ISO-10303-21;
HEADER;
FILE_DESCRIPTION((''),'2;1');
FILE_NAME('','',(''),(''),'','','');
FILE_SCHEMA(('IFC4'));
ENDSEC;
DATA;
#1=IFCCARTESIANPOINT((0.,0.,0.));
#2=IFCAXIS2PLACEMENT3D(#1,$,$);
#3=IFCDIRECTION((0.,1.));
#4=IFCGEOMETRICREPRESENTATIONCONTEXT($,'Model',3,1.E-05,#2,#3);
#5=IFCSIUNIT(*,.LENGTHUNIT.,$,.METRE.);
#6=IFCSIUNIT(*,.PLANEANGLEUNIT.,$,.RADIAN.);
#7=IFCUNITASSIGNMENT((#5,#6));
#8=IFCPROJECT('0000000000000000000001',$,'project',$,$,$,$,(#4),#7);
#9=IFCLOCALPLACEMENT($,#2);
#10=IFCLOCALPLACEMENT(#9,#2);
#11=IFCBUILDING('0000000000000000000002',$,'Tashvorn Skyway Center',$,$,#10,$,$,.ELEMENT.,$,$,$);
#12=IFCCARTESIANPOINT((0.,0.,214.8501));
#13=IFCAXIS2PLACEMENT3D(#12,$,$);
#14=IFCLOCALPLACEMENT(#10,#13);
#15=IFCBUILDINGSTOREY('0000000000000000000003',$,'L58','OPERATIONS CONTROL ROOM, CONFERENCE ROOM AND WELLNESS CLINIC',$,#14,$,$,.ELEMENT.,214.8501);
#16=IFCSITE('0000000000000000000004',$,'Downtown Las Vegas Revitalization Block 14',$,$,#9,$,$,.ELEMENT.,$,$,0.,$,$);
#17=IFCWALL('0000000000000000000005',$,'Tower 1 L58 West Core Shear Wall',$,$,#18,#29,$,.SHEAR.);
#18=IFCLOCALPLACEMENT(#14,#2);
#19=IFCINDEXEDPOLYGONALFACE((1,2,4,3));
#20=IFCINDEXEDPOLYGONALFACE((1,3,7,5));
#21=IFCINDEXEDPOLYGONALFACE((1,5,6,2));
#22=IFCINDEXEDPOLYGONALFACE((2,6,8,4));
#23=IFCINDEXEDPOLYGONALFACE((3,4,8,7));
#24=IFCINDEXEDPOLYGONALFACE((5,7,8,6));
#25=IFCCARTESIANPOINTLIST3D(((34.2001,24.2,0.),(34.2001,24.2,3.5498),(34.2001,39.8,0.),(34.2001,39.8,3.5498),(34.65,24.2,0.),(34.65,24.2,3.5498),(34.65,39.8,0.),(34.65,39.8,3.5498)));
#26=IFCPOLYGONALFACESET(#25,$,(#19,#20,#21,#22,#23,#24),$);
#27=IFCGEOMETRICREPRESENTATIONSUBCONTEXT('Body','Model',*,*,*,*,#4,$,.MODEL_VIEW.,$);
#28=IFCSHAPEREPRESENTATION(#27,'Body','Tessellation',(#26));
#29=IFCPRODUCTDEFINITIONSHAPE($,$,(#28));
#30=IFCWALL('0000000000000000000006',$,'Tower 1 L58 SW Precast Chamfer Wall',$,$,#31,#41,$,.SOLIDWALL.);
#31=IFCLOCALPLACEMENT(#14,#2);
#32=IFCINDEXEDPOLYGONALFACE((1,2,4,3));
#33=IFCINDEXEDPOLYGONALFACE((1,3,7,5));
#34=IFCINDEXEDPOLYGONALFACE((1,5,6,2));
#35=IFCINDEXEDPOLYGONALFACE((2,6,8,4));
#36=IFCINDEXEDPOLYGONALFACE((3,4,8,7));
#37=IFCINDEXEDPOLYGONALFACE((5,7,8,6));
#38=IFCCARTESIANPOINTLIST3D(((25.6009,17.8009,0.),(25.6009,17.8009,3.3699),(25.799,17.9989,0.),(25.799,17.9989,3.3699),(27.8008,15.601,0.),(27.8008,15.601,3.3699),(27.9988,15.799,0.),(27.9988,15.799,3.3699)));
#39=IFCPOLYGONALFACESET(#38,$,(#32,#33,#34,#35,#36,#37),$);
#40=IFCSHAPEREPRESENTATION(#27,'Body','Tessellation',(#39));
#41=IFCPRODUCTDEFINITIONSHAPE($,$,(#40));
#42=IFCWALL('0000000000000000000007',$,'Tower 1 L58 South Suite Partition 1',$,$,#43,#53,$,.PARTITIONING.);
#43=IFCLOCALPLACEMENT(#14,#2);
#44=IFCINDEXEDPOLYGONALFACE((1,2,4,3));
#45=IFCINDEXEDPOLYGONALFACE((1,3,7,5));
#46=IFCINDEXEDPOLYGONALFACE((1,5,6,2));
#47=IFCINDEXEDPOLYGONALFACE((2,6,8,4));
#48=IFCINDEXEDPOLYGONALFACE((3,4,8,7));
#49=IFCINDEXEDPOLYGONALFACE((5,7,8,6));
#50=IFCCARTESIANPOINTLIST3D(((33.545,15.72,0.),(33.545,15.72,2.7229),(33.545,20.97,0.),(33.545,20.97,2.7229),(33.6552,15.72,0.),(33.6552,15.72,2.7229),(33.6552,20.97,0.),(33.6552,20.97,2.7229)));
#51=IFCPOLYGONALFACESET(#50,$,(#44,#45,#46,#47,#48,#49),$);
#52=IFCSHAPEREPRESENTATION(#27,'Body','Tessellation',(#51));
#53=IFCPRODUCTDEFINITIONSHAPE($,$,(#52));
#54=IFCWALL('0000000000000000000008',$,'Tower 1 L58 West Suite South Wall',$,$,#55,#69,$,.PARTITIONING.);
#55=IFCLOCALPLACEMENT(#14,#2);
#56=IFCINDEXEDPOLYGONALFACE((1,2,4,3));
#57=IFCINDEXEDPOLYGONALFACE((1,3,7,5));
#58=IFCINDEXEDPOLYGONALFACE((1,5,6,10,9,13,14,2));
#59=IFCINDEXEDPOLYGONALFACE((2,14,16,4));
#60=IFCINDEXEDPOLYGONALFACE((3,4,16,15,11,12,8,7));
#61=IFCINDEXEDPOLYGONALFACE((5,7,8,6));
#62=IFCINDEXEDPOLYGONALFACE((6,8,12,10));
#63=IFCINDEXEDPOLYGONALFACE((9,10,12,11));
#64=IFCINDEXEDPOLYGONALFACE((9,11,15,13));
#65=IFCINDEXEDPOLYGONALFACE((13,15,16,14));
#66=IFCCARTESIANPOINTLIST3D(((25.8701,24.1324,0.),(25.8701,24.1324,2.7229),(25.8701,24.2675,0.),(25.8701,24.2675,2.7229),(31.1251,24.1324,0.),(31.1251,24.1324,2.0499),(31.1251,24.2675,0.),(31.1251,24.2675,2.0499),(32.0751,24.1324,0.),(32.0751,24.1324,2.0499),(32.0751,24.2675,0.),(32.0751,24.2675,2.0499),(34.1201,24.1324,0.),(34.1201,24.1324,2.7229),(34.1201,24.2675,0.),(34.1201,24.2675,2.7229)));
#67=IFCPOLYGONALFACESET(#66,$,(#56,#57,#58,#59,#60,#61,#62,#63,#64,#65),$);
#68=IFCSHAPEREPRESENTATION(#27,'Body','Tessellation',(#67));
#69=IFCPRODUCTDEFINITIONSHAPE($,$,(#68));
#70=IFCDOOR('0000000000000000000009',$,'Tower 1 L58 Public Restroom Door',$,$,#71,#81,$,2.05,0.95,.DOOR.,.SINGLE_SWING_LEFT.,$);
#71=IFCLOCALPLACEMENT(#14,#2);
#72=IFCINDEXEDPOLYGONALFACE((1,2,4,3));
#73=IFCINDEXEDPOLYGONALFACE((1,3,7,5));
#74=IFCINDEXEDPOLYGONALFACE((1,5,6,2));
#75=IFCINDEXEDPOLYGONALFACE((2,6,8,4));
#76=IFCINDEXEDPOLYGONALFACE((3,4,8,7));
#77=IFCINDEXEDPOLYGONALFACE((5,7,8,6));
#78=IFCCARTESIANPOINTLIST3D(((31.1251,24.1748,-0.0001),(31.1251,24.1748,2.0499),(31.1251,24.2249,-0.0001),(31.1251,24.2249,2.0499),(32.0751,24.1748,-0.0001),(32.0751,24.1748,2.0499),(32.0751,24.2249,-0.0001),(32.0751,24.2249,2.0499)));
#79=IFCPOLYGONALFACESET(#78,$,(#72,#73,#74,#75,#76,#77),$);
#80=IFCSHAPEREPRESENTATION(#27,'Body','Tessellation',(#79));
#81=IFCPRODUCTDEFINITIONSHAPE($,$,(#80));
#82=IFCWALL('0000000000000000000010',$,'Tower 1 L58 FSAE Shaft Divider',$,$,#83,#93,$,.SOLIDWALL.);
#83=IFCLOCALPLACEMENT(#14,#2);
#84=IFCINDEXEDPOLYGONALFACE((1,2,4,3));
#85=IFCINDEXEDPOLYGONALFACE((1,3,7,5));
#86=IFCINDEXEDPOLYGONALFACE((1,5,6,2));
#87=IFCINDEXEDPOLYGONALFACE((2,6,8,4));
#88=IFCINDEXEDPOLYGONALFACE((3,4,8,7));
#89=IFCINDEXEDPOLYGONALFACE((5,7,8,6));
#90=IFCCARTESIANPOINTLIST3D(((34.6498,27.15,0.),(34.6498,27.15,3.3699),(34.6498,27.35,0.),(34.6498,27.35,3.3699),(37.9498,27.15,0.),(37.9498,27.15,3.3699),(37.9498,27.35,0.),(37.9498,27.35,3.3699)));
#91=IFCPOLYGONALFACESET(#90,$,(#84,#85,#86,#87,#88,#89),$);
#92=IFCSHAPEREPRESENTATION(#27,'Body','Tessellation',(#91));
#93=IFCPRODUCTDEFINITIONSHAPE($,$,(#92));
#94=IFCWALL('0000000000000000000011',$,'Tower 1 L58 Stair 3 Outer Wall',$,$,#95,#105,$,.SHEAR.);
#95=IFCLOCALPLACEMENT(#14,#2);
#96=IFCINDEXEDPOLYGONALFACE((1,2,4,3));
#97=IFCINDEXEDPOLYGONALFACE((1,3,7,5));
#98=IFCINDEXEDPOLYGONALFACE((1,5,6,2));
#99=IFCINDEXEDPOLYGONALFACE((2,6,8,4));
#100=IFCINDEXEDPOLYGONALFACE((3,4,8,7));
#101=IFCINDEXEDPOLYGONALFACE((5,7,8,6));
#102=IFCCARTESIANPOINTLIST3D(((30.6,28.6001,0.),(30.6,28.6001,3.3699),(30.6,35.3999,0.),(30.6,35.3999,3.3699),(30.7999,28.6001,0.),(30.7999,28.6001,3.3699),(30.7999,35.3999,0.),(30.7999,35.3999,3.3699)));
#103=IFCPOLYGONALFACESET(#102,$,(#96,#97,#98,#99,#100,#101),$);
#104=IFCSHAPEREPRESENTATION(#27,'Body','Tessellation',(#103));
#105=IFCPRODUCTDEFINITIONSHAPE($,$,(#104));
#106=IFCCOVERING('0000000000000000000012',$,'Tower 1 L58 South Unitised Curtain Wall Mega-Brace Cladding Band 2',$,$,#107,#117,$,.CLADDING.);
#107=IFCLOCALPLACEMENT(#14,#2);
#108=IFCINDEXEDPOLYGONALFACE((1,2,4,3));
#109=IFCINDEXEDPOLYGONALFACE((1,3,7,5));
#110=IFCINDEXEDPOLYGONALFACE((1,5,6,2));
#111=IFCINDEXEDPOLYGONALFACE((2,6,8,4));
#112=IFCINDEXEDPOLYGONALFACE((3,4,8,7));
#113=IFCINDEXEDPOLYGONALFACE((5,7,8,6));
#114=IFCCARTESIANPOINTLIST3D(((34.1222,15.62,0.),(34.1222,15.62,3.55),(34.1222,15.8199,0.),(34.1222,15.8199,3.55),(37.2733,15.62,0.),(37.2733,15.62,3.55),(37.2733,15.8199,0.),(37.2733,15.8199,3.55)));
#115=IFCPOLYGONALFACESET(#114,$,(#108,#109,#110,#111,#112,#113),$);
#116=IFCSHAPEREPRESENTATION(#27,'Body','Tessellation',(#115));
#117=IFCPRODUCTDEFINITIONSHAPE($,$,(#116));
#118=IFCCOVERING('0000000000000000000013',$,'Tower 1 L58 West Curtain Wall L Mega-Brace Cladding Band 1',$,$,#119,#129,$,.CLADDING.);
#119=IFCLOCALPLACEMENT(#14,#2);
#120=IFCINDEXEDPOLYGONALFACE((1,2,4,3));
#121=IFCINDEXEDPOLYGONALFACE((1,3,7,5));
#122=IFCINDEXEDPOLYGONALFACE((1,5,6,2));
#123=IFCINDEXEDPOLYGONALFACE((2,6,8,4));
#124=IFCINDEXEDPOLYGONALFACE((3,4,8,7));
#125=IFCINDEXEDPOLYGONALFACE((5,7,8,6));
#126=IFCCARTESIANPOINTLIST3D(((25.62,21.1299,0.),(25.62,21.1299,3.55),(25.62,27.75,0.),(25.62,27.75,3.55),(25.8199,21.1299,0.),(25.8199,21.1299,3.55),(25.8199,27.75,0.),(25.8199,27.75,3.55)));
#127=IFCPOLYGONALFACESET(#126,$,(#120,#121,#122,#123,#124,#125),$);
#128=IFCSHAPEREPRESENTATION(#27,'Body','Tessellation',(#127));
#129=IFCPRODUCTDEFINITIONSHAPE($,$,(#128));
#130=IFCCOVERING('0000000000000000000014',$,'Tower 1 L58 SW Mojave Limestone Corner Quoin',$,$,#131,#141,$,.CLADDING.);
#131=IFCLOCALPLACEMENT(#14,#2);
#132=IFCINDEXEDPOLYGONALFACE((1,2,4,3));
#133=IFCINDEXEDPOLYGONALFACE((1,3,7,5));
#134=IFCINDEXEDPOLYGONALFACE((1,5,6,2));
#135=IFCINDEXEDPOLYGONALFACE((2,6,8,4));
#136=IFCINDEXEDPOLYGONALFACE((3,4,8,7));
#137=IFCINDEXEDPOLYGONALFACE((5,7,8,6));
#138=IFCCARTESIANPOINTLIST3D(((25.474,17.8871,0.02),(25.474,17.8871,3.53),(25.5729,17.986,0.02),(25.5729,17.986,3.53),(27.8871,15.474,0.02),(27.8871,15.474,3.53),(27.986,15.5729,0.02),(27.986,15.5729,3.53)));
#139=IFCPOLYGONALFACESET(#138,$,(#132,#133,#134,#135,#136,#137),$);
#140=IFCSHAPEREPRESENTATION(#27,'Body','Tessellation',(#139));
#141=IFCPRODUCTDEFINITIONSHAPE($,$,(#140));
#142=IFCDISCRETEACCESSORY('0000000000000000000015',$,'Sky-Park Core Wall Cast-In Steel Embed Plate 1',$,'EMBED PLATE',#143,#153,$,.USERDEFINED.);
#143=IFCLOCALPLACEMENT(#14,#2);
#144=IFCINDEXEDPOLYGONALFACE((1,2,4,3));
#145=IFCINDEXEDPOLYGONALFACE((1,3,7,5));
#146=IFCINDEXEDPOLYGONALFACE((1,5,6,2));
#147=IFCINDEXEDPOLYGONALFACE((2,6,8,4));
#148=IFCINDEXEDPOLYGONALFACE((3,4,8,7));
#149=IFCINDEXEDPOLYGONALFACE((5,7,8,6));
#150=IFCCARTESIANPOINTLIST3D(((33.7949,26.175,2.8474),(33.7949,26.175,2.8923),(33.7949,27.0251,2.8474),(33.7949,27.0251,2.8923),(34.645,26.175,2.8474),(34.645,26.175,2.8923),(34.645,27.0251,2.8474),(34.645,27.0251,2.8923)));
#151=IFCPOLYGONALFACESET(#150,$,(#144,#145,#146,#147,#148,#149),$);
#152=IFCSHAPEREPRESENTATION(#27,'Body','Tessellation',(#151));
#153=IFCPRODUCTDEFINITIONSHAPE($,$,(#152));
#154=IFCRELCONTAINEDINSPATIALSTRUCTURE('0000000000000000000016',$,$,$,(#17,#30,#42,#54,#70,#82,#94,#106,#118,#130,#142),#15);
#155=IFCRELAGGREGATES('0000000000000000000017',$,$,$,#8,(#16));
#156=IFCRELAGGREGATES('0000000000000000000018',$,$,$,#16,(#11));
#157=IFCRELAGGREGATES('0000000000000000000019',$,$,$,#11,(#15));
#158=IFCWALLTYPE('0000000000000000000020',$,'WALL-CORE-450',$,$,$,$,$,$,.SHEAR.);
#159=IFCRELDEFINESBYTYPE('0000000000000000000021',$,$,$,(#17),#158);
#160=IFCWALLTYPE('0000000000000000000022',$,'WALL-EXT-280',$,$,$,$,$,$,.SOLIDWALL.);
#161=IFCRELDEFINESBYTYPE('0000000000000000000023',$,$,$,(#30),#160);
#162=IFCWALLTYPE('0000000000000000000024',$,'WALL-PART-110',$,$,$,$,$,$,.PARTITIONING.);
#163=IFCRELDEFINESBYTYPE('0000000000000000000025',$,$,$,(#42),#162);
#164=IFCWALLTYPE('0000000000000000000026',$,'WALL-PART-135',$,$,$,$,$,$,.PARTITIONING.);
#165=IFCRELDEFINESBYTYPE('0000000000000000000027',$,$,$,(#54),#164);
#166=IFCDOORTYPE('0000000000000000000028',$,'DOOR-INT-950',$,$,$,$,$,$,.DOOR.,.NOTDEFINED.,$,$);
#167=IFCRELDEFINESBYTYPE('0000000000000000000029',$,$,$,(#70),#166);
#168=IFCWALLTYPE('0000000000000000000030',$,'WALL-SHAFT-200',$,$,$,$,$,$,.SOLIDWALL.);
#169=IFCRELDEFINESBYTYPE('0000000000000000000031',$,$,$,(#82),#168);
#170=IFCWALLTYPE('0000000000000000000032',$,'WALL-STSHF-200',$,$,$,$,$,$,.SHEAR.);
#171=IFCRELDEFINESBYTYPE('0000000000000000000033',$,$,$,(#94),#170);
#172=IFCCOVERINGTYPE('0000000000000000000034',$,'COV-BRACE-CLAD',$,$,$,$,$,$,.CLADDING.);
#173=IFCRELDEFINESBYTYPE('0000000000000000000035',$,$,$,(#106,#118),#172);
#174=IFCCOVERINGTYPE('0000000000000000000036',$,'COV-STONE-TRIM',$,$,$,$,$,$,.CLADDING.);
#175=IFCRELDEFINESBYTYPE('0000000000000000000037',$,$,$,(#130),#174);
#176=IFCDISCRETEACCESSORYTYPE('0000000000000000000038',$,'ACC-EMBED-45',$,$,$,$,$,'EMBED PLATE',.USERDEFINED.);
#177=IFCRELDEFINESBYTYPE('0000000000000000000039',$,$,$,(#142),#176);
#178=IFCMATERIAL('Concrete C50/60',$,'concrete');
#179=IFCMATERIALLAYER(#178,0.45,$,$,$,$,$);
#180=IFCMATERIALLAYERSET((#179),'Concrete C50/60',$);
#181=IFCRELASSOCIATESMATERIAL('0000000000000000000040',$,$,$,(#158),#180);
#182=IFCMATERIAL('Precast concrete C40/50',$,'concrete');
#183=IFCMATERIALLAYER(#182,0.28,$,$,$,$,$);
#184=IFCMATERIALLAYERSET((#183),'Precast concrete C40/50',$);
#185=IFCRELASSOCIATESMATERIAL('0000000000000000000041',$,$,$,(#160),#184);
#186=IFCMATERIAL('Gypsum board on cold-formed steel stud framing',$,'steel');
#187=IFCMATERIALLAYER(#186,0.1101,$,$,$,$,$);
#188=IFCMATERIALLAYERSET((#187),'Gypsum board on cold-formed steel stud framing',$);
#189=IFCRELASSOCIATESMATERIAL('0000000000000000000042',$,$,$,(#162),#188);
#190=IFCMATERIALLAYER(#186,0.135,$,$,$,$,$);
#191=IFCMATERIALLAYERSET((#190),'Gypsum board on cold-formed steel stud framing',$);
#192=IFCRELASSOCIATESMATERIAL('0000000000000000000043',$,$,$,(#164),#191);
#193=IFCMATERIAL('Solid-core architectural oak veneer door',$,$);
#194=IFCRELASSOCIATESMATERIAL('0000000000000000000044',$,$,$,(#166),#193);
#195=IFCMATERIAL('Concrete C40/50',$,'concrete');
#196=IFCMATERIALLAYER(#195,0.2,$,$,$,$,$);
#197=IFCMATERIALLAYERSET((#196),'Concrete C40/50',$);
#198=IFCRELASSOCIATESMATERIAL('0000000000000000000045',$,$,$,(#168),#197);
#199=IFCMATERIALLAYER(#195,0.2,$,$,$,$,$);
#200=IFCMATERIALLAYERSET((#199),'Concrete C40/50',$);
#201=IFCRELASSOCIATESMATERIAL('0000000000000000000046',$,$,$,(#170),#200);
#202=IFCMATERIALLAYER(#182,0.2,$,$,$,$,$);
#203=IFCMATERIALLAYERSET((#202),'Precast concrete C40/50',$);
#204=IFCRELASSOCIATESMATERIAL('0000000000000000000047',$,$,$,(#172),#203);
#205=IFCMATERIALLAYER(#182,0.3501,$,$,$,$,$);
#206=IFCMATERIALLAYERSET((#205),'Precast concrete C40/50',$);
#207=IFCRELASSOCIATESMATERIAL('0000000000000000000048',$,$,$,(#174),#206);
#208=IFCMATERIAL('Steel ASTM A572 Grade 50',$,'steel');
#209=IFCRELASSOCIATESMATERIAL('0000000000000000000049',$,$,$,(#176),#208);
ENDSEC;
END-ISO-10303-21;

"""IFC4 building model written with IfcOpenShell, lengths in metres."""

from ifc_helpers import new_model, si_unit, direction, frame, frame_2d, origin, origin_2d, place, context, subcontext, project, spatial, rectangle, extrude, material, layer, layer_set, type_object, element, fill, save


model = new_model("IFC4")

# Units and contexts
model_context = context("Model", 3, precision=1e-05, world=origin(), true_north=direction((0.0, 1.0)))
body_context = subcontext(model_context, "Body", "Model", "MODEL_VIEW")
ifc_project = project(units=[si_unit("LENGTHUNIT", "METRE"), si_unit("PLANEANGLEUNIT", "RADIAN")], contexts=[model_context])

# Site, building, storey
site_placement = place(None, origin())
site = spatial("IfcSite", under=ifc_project, at=site_placement, Name="Downtown Las Vegas Revitalization Block 14", CompositionType="ELEMENT", RefElevation=0.0)
building_placement = place(site_placement, origin())
building = spatial("IfcBuilding", under=site, at=building_placement, Name="Tashvorn Skyway Center", CompositionType="ELEMENT")
storey_placement = place(building_placement, frame((0.0, 0.0, 214.8501)))
storey = spatial("IfcBuildingStorey", under=building, at=storey_placement, Name="L58", Description="OPERATIONS CONTROL ROOM, CONFERENCE ROOM AND WELLNESS CLINIC", CompositionType="ELEMENT", Elevation=214.8501)

# Shared definitions
ifc_material_1 = material(Name="Steel ASTM A572 Grade 50", Category="steel")

# Wall
ifc_material_2 = material(Name="Concrete C50/60", Category="concrete")
ifc_layer_1 = layer(ifc_material_2, 0.45)
ifc_layer_set_1 = layer_set([ifc_layer_1], Name="Concrete C50/60")
wall_type_1 = type_object("IfcWallType", Name="WALL-CORE-450", PredefinedType="SHEAR", material=ifc_layer_set_1)
wall_1_placement = place(storey_placement, frame((34.425, 24.2, 0.0), z_axis=(0.0, 0.0, 1.0), x_axis=(0.0, 1.0, 0.0)))
element("IfcWall", 1, at=wall_1_placement, inside=storey, type_object=wall_type_1, Name="Tower 1 L58 West Core Shear Wall", PredefinedType="SHEAR", context=body_context, shape_type="SweptSolid", body=[
    extrude(rectangle(XDim=15.6001, YDim=0.45, at=frame_2d((7.8, 0.0))), origin(), (0.0, 0.0, 1.0), 3.5498),
])

# Shared definitions
ifc_material_3 = material(Name="Precast concrete C40/50", Category="concrete")
ifc_layer_2 = layer(ifc_material_3, 0.28)
ifc_layer_set_2 = layer_set([ifc_layer_2], Name="Precast concrete C40/50")
wall_type_2 = type_object("IfcWallType", Name="WALL-EXT-280", PredefinedType="SOLIDWALL", material=ifc_layer_set_2)

# Walls
wall_2_placement = place(storey_placement, frame((27.8999, 15.7, 0.0), z_axis=(0.0, 0.0, 1.0), x_axis=(-0.707107, 0.707107, 0.0)))
element("IfcWall", 2, at=wall_2_placement, inside=storey, type_object=wall_type_2, Name="Tower 1 L58 SW Precast Chamfer Wall", PredefinedType="SOLIDWALL", context=body_context, shape_type="SweptSolid", body=[
    extrude(rectangle(XDim=3.1111, YDim=0.28, at=frame_2d((1.5557, 0.0))), origin(), (0.0, 0.0, 1.0), 3.3699),
])
ifc_material_4 = material(Name="Gypsum board on cold-formed steel stud framing", Category="steel")
ifc_layer_3 = layer(ifc_material_4, 0.1101)
ifc_layer_set_3 = layer_set([ifc_layer_3], Name="Gypsum board on cold-formed steel stud framing")
wall_type_3 = type_object("IfcWallType", Name="WALL-PART-110", PredefinedType="PARTITIONING", material=ifc_layer_set_3)
wall_3_placement = place(storey_placement, frame((33.6001, 15.72, 0.0), z_axis=(0.0, 0.0, 1.0), x_axis=(0.0, 1.0, 0.0)))
element("IfcWall", 3, at=wall_3_placement, inside=storey, type_object=wall_type_3, Name="Tower 1 L58 South Suite Partition 1", PredefinedType="PARTITIONING", context=body_context, shape_type="SweptSolid", body=[
    extrude(rectangle(XDim=5.25, YDim=0.1101, at=frame_2d((2.625, 0.0))), origin(), (0.0, 0.0, 1.0), 2.7229),
])

# Wall, opening, door
ifc_layer_4 = layer(ifc_material_4, 0.135)
ifc_layer_set_4 = layer_set([ifc_layer_4], Name="Gypsum board on cold-formed steel stud framing")
wall_type_4 = type_object("IfcWallType", Name="WALL-PART-135", PredefinedType="PARTITIONING", material=ifc_layer_set_4)
wall_4_placement = place(storey_placement, frame((25.8701, 24.2, 0.0), z_axis=(0.0, 0.0, 1.0), x_axis=(1.0, 0.0, 0.0)))
wall_4 = element("IfcWall", 4, at=wall_4_placement, inside=storey, type_object=wall_type_4, Name="Tower 1 L58 West Suite South Wall", PredefinedType="PARTITIONING", context=body_context, shape_type="SweptSolid", body=[
    extrude(rectangle(XDim=8.25, YDim=0.135, at=frame_2d((4.125, 0.0))), origin(), (0.0, 0.0, 1.0), 2.7229),
])
opening_1_placement = place(wall_4_placement, frame((5.2549, 0.0, 0.0)))
opening_1 = element("IfcOpeningElement", 5, at=opening_1_placement, cuts=wall_4, PredefinedType="OPENING", context=body_context, shape_type="SweptSolid", body=[
    extrude(rectangle(XDim=0.95, YDim=2.05, at=frame_2d((0.4751, 1.0249))), frame((0.0, 0.0774, 0.0), z_axis=(0.0, -1.0, 0.0), x_axis=(1.0, 0.0, 0.0)), (0.0, 0.0, 1.0), 0.155),
])
ifc_material_5 = material(Name="Solid-core architectural oak veneer door")
door_type_1 = type_object("IfcDoorType", Name="DOOR-INT-950", OperationType="NOTDEFINED", PredefinedType="DOOR", material=ifc_material_5)
door_1_placement = place(opening_1_placement, origin())
door_1 = element("IfcDoor", 6, at=door_1_placement, inside=storey, type_object=door_type_1, Name="Tower 1 L58 Public Restroom Door", OperationType="SINGLE_SWING_LEFT", OverallHeight=2.05, OverallWidth=0.95, PredefinedType="DOOR", context=body_context, shape_type="SweptSolid", body=[
    extrude(rectangle(XDim=0.95, YDim=2.05, at=frame_2d((0.4751, 1.0249))), frame((0.0, 0.0249, 0.0), z_axis=(0.0, -1.0, 0.0), x_axis=(1.0, 0.0, 0.0)), (0.0, 0.0, 1.0), 0.05),
])
fill(opening_1, door_1)

# Walls
ifc_material_6 = material(Name="Concrete C40/50", Category="concrete")
ifc_layer_5 = layer(ifc_material_6, 0.2)
ifc_layer_set_5 = layer_set([ifc_layer_5], Name="Concrete C40/50")
wall_type_5 = type_object("IfcWallType", Name="WALL-SHAFT-200", PredefinedType="SOLIDWALL", material=ifc_layer_set_5)
wall_5_placement = place(storey_placement, frame((34.6499, 27.25, 0.0), z_axis=(0.0, 0.0, 1.0), x_axis=(1.0, 0.0, 0.0)))
element("IfcWall", 7, at=wall_5_placement, inside=storey, type_object=wall_type_5, Name="Tower 1 L58 FSAE Shaft Divider", PredefinedType="SOLIDWALL", context=body_context, shape_type="SweptSolid", body=[
    extrude(rectangle(XDim=3.3, YDim=0.2, at=frame_2d((1.6499, 0.0))), origin(), (0.0, 0.0, 1.0), 3.3699),
])
ifc_layer_6 = layer(ifc_material_6, 0.2)
ifc_layer_set_6 = layer_set([ifc_layer_6], Name="Concrete C40/50")
wall_type_6 = type_object("IfcWallType", Name="WALL-STSHF-200", PredefinedType="SHEAR", material=ifc_layer_set_6)
wall_6_placement = place(storey_placement, frame((30.7, 28.6001, 0.0), z_axis=(0.0, 0.0, 1.0), x_axis=(0.0, 1.0, 0.0)))
element("IfcWall", 8, at=wall_6_placement, inside=storey, type_object=wall_type_6, Name="Tower 1 L58 Stair 3 Outer Wall", PredefinedType="SHEAR", context=body_context, shape_type="SweptSolid", body=[
    extrude(rectangle(XDim=6.7998, YDim=0.2, at=frame_2d((3.3999, 0.0))), origin(), (0.0, 0.0, 1.0), 3.3699),
])

# Coverings
ifc_layer_7 = layer(ifc_material_3, 0.2)
ifc_layer_set_7 = layer_set([ifc_layer_7], Name="Precast concrete C40/50")
covering_type_1 = type_object("IfcCoveringType", Name="COV-BRACE-CLAD", PredefinedType="CLADDING", material=ifc_layer_set_7)
covering_1_placement = place(storey_placement, frame((35.6978, 15.72, 0.0), z_axis=(0.0, 0.0, 1.0), x_axis=(-1.0, 0.0, 0.0)))
element("IfcCovering", 9, at=covering_1_placement, inside=storey, type_object=covering_type_1, Name="Tower 1 L58 South Unitised Curtain Wall Mega-Brace Cladding Band 2", PredefinedType="CLADDING", context=body_context, shape_type="SweptSolid", body=[
    extrude(rectangle(XDim=3.1511, YDim=0.2, at=origin_2d()), origin(), (0.0, 0.0, 1.0), 3.55),
])
covering_2_placement = place(storey_placement, frame((25.72, 24.4399, 0.0), z_axis=(0.0, 0.0, 1.0), x_axis=(0.0, 1.0, 0.0)))
element("IfcCovering", 10, at=covering_2_placement, inside=storey, type_object=covering_type_1, Name="Tower 1 L58 West Curtain Wall L Mega-Brace Cladding Band 1", PredefinedType="CLADDING", context=body_context, shape_type="SweptSolid", body=[
    extrude(rectangle(XDim=6.6201, YDim=0.2, at=origin_2d()), origin(), (0.0, 0.0, 1.0), 3.55),
])
ifc_layer_8 = layer(ifc_material_3, 0.3501)
ifc_layer_set_8 = layer_set([ifc_layer_8], Name="Precast concrete C40/50")
covering_type_2 = type_object("IfcCoveringType", Name="COV-STONE-TRIM", PredefinedType="CLADDING", material=ifc_layer_set_8)
covering_3_placement = place(storey_placement, frame((26.73, 16.73, 0.02), z_axis=(0.0, 0.0, 1.0), x_axis=(-0.707107, 0.707107, 0.0)))
element("IfcCovering", 11, at=covering_3_placement, inside=storey, type_object=covering_type_2, Name="Tower 1 L58 SW Mojave Limestone Corner Quoin", PredefinedType="CLADDING", context=body_context, shape_type="SweptSolid", body=[
    extrude(rectangle(XDim=3.4126, YDim=0.1399, at=origin_2d()), origin(), (0.0, 0.0, 1.0), 3.51),
])

# Discrete accessory
discrete_accessory_type = type_object("IfcDiscreteAccessoryType", Name="ACC-EMBED-45", ElementType="EMBED PLATE", PredefinedType="USERDEFINED", material=ifc_material_1)
discrete_accessory_placement = place(storey_placement, frame((34.22, 26.6001, 2.8474), z_axis=(0.0, 0.0, 1.0), x_axis=(1.0, 0.0, 0.0)))
element("IfcDiscreteAccessory", 12, at=discrete_accessory_placement, inside=storey, type_object=discrete_accessory_type, Name="Sky-Park Core Wall Cast-In Steel Embed Plate 1", ObjectType="EMBED PLATE", PredefinedType="USERDEFINED", context=body_context, shape_type="SweptSolid", body=[
    extrude(rectangle(XDim=0.8501, YDim=0.8501, at=origin_2d()), origin(), (0.0, 0.0, 1.0), 0.0449),
])

save(model, "model.ifc")
